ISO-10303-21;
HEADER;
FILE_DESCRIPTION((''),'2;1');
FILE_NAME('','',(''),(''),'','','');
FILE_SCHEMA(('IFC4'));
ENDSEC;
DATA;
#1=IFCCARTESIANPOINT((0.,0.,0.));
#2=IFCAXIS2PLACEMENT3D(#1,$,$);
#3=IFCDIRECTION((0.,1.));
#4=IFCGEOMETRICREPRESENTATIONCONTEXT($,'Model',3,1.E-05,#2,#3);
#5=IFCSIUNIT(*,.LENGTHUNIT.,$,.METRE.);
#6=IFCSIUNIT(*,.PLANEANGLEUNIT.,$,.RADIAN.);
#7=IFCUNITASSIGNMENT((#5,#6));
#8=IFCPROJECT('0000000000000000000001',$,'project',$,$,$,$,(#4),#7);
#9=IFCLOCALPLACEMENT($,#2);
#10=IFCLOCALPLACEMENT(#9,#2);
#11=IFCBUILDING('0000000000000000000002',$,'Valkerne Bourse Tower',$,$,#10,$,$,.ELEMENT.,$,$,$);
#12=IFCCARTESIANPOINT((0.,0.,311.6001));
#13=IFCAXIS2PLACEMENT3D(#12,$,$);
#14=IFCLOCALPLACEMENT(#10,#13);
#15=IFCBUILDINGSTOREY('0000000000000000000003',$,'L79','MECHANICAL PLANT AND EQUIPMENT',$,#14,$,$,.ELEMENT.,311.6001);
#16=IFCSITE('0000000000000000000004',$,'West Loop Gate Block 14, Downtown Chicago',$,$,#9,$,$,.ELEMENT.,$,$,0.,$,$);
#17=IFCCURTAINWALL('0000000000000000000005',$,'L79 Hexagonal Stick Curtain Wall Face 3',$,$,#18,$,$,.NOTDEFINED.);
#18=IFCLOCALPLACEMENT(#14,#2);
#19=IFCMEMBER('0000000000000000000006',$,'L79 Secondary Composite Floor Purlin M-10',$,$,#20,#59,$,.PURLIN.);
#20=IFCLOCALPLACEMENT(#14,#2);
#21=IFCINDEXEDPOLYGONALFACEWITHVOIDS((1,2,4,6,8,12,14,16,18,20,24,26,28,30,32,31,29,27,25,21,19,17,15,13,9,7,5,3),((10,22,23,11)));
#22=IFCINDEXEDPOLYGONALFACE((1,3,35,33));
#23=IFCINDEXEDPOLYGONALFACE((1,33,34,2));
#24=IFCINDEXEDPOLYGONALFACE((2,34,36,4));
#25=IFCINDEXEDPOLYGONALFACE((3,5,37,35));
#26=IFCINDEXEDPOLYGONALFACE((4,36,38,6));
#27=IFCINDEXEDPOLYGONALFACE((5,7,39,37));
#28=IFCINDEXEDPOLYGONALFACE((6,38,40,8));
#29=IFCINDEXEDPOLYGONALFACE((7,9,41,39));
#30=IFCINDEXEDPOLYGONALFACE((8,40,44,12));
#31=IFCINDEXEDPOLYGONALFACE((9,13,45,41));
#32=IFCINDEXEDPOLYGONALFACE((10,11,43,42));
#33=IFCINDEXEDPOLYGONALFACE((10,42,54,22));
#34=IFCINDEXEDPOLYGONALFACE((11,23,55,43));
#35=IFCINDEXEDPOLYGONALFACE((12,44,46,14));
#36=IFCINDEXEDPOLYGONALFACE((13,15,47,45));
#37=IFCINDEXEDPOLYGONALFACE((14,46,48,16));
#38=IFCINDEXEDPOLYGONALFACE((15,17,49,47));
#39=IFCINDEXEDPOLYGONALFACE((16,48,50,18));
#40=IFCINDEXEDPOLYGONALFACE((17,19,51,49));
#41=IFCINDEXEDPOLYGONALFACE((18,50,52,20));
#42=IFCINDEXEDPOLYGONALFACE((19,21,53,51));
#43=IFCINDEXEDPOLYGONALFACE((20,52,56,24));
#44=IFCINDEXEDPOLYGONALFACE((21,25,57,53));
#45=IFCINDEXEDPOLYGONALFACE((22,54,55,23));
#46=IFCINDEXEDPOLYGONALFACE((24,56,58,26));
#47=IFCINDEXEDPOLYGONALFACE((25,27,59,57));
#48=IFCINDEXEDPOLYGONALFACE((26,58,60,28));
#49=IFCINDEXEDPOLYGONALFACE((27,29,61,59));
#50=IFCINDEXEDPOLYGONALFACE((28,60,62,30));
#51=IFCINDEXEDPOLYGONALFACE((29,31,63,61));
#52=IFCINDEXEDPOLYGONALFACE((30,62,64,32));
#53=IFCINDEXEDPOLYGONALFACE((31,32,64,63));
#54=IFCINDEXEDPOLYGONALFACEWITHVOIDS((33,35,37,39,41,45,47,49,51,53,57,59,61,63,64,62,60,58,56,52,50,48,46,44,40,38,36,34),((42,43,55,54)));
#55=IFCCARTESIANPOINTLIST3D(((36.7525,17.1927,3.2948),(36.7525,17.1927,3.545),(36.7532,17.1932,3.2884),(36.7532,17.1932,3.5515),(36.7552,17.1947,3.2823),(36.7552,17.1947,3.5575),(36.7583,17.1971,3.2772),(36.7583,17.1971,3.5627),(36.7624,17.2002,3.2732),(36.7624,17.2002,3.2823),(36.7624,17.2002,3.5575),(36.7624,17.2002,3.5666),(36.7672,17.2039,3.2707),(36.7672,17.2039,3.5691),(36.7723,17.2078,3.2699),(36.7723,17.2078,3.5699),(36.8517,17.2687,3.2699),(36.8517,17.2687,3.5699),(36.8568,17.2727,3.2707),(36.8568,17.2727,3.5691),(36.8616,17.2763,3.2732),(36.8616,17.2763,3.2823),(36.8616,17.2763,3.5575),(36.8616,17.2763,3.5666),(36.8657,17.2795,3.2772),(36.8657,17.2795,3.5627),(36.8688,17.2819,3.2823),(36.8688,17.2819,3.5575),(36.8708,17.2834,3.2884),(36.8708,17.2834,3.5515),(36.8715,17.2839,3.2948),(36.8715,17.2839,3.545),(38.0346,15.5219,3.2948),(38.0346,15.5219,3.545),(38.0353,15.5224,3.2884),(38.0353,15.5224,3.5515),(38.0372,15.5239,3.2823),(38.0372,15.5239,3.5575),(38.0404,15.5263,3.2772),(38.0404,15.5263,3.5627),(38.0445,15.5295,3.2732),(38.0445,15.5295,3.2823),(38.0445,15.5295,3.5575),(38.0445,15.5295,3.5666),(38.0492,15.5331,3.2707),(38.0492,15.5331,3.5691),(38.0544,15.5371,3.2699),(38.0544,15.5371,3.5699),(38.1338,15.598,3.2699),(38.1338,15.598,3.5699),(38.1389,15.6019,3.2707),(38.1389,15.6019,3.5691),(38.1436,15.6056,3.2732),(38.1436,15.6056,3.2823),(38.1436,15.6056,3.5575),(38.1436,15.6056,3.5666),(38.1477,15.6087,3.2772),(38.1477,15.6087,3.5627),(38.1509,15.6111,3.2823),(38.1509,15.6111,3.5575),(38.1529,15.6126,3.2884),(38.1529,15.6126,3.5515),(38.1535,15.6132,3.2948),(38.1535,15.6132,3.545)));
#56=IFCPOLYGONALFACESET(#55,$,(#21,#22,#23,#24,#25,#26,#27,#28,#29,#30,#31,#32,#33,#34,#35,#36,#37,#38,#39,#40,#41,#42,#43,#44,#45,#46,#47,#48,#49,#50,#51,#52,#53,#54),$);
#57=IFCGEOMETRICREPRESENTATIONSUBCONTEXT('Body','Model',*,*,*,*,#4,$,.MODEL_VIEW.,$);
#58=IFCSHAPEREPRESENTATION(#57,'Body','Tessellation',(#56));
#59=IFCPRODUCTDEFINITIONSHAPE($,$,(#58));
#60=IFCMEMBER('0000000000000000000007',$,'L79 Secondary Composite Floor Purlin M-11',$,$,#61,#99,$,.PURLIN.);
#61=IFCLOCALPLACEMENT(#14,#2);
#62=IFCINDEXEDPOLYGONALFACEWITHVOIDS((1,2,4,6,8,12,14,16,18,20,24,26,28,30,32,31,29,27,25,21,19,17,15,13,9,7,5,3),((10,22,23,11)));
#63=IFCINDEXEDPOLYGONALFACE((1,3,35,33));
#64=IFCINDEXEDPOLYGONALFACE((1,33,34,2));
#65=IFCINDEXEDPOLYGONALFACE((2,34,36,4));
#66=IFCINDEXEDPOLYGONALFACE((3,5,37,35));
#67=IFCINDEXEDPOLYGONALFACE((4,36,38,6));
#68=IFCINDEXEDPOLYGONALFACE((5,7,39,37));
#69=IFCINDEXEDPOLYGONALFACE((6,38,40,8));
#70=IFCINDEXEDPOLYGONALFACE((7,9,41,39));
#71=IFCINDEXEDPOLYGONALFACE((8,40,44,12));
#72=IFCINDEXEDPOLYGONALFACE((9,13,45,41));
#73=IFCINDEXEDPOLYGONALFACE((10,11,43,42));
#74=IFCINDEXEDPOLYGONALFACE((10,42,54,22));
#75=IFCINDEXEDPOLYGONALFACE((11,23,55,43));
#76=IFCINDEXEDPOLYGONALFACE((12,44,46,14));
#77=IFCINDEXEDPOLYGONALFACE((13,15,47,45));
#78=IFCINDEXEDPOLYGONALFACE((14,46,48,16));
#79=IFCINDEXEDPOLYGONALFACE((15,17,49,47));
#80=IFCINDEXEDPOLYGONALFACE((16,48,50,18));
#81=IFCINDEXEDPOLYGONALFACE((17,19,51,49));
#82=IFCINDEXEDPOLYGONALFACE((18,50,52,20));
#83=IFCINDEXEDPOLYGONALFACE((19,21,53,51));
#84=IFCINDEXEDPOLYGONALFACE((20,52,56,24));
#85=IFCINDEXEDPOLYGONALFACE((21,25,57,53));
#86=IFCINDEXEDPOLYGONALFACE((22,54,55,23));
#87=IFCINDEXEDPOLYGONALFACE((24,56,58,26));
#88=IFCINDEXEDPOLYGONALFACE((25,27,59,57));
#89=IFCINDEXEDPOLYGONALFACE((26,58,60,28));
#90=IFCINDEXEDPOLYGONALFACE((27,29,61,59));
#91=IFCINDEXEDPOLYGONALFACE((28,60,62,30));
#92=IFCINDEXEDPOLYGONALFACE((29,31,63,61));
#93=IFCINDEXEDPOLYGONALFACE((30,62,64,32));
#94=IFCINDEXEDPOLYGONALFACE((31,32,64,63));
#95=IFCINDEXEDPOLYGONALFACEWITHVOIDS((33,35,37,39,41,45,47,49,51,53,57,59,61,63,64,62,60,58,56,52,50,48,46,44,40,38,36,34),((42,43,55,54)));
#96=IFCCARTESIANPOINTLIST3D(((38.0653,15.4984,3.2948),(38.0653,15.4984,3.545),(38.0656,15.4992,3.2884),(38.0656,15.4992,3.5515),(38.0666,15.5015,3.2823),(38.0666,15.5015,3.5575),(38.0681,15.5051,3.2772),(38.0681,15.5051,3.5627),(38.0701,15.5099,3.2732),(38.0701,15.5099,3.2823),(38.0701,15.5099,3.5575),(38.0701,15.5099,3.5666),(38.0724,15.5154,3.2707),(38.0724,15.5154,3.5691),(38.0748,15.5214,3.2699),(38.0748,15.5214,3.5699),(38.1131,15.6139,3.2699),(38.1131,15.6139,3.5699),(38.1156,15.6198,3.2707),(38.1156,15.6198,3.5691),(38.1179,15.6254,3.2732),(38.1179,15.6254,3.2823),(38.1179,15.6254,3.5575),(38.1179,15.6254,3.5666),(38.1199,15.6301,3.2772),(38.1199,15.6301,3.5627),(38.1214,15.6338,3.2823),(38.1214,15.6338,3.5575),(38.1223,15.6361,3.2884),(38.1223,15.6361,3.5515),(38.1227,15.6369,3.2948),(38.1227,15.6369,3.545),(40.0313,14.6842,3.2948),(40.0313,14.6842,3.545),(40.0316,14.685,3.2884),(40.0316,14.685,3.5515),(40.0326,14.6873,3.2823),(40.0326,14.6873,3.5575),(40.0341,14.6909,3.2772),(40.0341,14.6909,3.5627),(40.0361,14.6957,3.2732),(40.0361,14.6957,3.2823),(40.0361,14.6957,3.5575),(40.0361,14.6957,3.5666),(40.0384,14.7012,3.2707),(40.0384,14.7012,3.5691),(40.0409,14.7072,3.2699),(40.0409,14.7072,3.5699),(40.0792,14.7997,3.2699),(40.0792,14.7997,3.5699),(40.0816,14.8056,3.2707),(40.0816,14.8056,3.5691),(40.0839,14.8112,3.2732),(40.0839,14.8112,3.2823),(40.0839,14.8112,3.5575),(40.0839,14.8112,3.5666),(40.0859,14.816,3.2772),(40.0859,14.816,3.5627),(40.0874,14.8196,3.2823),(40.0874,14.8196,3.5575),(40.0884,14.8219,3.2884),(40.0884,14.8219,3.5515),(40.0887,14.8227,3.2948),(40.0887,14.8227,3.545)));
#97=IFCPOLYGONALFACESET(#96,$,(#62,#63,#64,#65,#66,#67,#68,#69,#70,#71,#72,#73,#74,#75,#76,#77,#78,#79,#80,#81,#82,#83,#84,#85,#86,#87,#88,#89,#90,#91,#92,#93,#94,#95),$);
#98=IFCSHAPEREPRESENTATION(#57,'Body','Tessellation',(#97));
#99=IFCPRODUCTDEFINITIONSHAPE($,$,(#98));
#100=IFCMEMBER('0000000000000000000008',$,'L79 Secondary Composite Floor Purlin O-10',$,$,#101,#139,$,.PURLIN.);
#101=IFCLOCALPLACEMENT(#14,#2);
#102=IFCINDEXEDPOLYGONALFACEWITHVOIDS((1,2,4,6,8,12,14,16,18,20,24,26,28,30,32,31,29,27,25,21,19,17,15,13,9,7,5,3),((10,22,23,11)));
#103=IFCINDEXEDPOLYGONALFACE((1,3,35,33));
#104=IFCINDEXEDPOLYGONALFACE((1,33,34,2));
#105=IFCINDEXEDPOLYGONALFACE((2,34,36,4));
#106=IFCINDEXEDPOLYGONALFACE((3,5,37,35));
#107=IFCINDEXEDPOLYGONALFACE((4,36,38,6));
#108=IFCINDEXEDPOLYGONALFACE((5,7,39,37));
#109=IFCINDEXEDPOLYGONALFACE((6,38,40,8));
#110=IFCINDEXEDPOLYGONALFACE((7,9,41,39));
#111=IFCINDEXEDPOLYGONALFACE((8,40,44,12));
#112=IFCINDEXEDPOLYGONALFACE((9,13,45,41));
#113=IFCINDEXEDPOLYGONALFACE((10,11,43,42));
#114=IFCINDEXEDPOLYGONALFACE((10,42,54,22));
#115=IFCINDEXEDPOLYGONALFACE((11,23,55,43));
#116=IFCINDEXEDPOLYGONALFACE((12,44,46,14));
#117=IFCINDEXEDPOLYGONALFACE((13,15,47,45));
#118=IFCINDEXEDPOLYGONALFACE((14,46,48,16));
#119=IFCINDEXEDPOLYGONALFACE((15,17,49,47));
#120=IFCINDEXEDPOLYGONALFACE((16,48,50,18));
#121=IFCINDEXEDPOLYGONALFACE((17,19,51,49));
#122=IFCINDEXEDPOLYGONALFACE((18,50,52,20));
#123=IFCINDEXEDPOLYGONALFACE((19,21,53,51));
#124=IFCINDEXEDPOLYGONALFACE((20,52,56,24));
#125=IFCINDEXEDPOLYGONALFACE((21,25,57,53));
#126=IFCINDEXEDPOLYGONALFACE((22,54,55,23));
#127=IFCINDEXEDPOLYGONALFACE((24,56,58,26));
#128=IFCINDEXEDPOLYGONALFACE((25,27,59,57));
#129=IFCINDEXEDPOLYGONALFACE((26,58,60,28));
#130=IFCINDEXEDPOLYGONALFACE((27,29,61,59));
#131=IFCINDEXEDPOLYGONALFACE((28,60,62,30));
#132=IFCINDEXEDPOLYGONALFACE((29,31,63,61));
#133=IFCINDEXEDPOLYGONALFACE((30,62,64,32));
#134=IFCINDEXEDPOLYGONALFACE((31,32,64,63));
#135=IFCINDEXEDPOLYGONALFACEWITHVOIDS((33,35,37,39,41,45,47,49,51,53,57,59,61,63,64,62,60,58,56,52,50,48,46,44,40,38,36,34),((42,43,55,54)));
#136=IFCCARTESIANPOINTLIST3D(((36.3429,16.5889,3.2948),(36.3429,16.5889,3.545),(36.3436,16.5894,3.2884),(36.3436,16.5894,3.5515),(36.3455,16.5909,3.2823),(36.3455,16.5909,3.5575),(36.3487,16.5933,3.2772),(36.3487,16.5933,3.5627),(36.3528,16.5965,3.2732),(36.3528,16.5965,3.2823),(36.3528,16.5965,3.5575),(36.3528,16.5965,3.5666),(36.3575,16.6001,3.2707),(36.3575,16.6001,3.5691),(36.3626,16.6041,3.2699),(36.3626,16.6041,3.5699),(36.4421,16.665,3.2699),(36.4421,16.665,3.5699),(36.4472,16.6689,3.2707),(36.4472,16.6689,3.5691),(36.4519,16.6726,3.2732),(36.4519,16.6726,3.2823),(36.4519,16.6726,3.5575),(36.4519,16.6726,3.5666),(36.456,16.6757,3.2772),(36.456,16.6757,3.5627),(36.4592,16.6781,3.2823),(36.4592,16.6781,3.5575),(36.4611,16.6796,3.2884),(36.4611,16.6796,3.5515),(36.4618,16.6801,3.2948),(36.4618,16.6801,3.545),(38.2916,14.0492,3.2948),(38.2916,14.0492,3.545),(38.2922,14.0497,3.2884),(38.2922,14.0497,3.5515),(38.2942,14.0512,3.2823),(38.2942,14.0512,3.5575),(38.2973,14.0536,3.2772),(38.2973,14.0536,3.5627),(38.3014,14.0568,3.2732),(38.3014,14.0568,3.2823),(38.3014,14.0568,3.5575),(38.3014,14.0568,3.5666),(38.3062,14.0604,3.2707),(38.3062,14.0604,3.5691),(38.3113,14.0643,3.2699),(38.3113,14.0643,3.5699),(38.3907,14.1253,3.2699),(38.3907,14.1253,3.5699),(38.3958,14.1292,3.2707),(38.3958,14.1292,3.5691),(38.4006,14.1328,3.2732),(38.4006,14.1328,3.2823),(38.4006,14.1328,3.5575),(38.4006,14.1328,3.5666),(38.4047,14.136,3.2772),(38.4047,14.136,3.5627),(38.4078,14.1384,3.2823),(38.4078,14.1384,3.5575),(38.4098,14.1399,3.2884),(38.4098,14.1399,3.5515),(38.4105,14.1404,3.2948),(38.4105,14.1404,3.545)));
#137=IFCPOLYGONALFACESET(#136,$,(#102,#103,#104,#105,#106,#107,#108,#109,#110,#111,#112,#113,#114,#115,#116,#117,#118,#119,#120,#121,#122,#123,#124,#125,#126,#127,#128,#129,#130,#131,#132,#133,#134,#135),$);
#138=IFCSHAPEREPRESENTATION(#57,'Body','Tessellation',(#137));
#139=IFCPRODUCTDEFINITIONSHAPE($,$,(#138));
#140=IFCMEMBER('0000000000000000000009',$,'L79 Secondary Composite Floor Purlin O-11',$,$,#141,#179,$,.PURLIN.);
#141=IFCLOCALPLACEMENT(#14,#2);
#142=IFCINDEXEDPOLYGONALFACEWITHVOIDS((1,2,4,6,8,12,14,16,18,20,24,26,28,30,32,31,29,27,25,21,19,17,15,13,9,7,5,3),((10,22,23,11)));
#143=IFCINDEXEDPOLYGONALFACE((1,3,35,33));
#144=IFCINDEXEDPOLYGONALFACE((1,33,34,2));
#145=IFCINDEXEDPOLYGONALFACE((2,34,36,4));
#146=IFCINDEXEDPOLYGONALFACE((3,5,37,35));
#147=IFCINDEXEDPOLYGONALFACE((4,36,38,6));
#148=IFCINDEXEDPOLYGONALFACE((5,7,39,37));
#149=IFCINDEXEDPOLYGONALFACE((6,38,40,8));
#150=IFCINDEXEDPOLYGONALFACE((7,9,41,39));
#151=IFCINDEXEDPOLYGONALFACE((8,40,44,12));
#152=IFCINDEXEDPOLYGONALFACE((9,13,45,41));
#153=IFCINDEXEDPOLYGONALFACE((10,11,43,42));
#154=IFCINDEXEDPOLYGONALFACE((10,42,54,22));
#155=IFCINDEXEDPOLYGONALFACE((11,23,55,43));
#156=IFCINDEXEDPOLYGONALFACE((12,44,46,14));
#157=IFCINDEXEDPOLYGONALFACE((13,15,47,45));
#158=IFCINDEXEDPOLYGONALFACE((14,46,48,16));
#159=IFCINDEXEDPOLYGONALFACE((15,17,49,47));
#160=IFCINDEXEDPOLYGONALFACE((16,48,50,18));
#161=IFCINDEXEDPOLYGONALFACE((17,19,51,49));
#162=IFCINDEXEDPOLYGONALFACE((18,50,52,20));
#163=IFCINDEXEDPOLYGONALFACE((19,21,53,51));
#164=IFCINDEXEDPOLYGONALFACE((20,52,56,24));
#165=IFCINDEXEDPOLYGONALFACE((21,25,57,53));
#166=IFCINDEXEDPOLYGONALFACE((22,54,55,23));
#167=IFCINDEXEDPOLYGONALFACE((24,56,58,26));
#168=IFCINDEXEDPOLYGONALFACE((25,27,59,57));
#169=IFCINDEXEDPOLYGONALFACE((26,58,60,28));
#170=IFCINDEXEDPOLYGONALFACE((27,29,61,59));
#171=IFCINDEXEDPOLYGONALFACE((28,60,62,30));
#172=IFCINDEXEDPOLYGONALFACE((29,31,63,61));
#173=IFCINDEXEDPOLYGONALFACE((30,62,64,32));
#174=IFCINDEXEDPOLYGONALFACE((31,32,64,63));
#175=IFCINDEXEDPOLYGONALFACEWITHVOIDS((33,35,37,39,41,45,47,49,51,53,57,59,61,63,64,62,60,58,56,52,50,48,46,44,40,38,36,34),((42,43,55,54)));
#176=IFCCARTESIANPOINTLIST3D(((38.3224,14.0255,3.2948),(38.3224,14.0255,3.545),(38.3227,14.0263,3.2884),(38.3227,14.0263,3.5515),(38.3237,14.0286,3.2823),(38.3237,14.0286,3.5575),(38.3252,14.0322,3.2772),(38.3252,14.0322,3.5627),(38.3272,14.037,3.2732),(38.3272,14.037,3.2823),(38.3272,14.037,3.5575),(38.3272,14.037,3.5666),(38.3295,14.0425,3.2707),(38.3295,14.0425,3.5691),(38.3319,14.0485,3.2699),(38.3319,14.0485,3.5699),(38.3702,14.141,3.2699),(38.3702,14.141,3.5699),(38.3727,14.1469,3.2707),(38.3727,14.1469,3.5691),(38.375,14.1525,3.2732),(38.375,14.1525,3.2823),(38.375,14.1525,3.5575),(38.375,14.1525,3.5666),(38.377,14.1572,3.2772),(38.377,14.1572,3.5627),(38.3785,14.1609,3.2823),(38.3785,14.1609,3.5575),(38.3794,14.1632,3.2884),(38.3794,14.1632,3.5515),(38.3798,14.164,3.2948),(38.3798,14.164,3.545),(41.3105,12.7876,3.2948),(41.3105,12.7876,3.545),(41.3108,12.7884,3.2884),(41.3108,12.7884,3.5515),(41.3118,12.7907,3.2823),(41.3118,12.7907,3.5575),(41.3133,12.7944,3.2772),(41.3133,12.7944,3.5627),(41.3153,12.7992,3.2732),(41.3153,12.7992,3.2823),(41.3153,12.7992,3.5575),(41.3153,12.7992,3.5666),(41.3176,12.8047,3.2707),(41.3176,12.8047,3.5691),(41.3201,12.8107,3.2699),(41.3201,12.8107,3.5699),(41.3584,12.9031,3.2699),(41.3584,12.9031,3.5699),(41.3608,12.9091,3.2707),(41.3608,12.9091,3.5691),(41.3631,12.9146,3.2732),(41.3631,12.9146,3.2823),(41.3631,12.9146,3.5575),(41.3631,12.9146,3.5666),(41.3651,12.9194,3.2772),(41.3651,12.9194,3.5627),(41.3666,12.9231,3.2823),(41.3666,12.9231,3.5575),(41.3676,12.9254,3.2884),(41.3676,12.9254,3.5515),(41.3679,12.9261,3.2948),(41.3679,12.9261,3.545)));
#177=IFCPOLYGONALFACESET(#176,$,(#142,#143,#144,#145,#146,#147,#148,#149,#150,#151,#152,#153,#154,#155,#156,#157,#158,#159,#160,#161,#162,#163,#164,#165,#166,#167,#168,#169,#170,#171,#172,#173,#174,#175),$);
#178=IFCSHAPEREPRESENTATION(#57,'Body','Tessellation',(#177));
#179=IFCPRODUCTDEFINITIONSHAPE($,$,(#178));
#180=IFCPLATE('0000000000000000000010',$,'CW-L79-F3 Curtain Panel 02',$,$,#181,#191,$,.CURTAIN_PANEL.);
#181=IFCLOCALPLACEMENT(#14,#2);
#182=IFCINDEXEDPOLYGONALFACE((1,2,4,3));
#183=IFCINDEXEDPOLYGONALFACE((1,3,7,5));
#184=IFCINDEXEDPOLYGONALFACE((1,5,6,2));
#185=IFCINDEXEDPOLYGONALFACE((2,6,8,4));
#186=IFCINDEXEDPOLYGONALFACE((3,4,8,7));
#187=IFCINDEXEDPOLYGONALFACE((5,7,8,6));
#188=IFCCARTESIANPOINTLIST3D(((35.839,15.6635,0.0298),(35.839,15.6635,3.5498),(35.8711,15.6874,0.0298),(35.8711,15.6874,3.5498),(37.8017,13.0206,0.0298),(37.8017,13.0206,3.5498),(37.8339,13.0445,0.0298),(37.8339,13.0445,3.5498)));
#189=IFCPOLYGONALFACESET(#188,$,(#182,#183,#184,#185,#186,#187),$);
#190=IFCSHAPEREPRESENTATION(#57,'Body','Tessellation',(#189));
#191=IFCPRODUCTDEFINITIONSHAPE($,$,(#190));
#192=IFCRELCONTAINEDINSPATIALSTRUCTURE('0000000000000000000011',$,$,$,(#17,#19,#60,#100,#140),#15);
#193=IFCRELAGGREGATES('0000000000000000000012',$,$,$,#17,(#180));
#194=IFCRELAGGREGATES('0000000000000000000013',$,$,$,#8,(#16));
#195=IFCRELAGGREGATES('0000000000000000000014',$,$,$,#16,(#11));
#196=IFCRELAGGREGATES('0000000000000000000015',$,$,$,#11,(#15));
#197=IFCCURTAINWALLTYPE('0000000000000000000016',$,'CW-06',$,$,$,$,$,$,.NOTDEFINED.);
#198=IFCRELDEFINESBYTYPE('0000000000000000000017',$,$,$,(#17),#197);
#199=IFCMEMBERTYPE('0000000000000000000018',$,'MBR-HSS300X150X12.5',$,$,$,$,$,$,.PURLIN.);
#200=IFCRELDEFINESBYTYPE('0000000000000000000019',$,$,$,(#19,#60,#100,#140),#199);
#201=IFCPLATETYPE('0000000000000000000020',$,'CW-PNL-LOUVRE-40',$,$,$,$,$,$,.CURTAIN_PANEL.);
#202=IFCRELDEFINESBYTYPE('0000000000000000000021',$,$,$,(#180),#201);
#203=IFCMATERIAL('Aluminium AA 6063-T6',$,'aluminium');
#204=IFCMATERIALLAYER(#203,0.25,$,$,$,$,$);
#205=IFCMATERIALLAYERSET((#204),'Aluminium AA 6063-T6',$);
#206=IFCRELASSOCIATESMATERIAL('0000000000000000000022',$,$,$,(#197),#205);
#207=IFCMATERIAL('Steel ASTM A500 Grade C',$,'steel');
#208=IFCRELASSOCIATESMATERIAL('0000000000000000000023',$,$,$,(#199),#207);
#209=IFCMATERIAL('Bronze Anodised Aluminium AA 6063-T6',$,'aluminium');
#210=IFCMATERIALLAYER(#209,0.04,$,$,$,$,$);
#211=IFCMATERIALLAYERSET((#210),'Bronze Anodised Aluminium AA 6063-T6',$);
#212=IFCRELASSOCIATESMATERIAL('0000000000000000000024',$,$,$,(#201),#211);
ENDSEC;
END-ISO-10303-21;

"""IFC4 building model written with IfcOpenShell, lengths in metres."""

from ifc_helpers import new_model, si_unit, direction, frame, origin, origin_2d, place, context, subcontext, project, spatial, rectangle, hollow_rectangle, extrude, material, layer, layer_set, material_profile, profile_set, type_object, element, aggregate, save


model = new_model("IFC4")

# Units and contexts
model_context = context("Model", 3, precision=1e-05, world=origin(), true_north=direction((0.0, 1.0)))
body_context = subcontext(model_context, "Body", "Model", "MODEL_VIEW")
ifc_project = project(units=[si_unit("LENGTHUNIT", "METRE"), si_unit("PLANEANGLEUNIT", "RADIAN")], contexts=[model_context])

# Site, building, storey
site_placement = place(None, origin())
site = spatial("IfcSite", under=ifc_project, at=site_placement, Name="West Loop Gate Block 14, Downtown Chicago", CompositionType="ELEMENT", RefElevation=0.0)
building_placement = place(site_placement, origin())
building = spatial("IfcBuilding", under=site, at=building_placement, Name="Valkerne Bourse Tower", CompositionType="ELEMENT")
storey_placement = place(building_placement, frame((0.0, 0.0, 311.6001)))
storey = spatial("IfcBuildingStorey", under=building, at=storey_placement, Name="L79", Description="MECHANICAL PLANT AND EQUIPMENT", CompositionType="ELEMENT", Elevation=311.6001)

# Shared definitions
ifc_material_1 = material(Name="Steel ASTM A500 Grade C", Category="steel")

# Curtain wall
ifc_material_2 = material(Name="Aluminium AA 6063-T6", Category="aluminium")
ifc_layer_1 = layer(ifc_material_2, 0.25)
ifc_layer_set_1 = layer_set([ifc_layer_1], Name="Aluminium AA 6063-T6")
curtain_wall_type = type_object("IfcCurtainWallType", Name="CW-06", PredefinedType="NOTDEFINED", material=ifc_layer_set_1)
curtain_wall_1_placement = place(storey_placement, origin())
curtain_wall_1 = element("IfcCurtainWall", 1, at=curtain_wall_1_placement, inside=storey, type_object=curtain_wall_type, Name="L79 Hexagonal Stick Curtain Wall Face 3", PredefinedType="NOTDEFINED")

# Members
ifc_material_profile_1 = material_profile(ifc_material_1, hollow_rectangle(XDim=0.1499, YDim=0.3, WallThickness=0.0125, OuterFilletRadius=0.0249, at=origin_2d()), Name="HSS300X150X12.5")
ifc_profile_set_1 = profile_set([ifc_material_profile_1], Name="Steel ASTM A500 Grade C")
member_type_1 = type_object("IfcMemberType", Name="MBR-HSS300X150X12.5", PredefinedType="PURLIN", material=ifc_profile_set_1)
for number, where, z_axis, x_axis, name in (
    (2, (36.812, 17.2383, 3.4199), (0.608775, -0.793343, 0.0), (0.793343, 0.608775, 0.0), "L79 Secondary Composite Floor Purlin M-10"),
):
    element("IfcMember", number, at=place(storey_placement, frame(where, z_axis=z_axis, x_axis=x_axis)), inside=storey, type_object=member_type_1, Name=name, PredefinedType="PURLIN", context=body_context, shape_type="SweptSolid", body=[
        extrude(hollow_rectangle(XDim=0.1499, YDim=0.3, WallThickness=0.0125, OuterFilletRadius=0.0249, at=origin_2d()), origin(), (0.0, 0.0, 1.0), 2.106),
    ])
member_1_placement = place(storey_placement, frame((38.094, 15.5676, 3.4199), z_axis=(0.923906, -0.382619, 0.0), x_axis=(0.382619, 0.923906, 0.0)))
element("IfcMember", 3, at=member_1_placement, inside=storey, type_object=member_type_1, Name="L79 Secondary Composite Floor Purlin M-11", PredefinedType="PURLIN", context=body_context, shape_type="SweptSolid", body=[
    extrude(hollow_rectangle(XDim=0.1499, YDim=0.3, WallThickness=0.0125, OuterFilletRadius=0.0249, at=origin_2d()), origin(), (0.0, 0.0, 1.0), 2.1279),
])
member_2_placement = place(storey_placement, frame((36.4023, 16.6345, 3.4199), z_axis=(0.608737, -0.793372, 0.0), x_axis=(0.793372, 0.608737, 0.0)))
element("IfcMember", 4, at=member_2_placement, inside=storey, type_object=member_type_1, Name="L79 Secondary Composite Floor Purlin O-10", PredefinedType="PURLIN", context=body_context, shape_type="SweptSolid", body=[
    extrude(hollow_rectangle(XDim=0.1499, YDim=0.3, WallThickness=0.0125, OuterFilletRadius=0.0249, at=origin_2d()), origin(), (0.0, 0.0, 1.0), 3.2012),
])
member_3_placement = place(storey_placement, frame((38.3511, 14.0947, 3.4199), z_axis=(0.923868, -0.382712, 0.0), x_axis=(0.382712, 0.923868, 0.0)))
element("IfcMember", 5, at=member_3_placement, inside=storey, type_object=member_type_1, Name="L79 Secondary Composite Floor Purlin O-11", PredefinedType="PURLIN", context=body_context, shape_type="SweptSolid", body=[
    extrude(hollow_rectangle(XDim=0.1499, YDim=0.3, WallThickness=0.0125, OuterFilletRadius=0.0249, at=origin_2d()), origin(), (0.0, 0.0, 1.0), 3.2344),
])

# Plate
ifc_material_3 = material(Name="Bronze Anodised Aluminium AA 6063-T6", Category="aluminium")
ifc_layer_2 = layer(ifc_material_3, 0.04)
ifc_layer_set_2 = layer_set([ifc_layer_2], Name="Bronze Anodised Aluminium AA 6063-T6")
plate_type = type_object("IfcPlateType", Name="CW-PNL-LOUVRE-40", PredefinedType="CURTAIN_PANEL", material=ifc_layer_set_2)
plate_placement = place(storey_placement, frame((36.8364, 14.354, 0.0298), z_axis=(0.0, 0.0, 1.0), x_axis=(0.596221, -0.80282, 0.0)))
plate = element("IfcPlate", 6, at=plate_placement, type_object=plate_type, Name="CW-L79-F3 Curtain Panel 02", PredefinedType="CURTAIN_PANEL", context=body_context, shape_type="SweptSolid", body=[
    extrude(rectangle(XDim=3.292, YDim=0.04, at=origin_2d()), origin(), (0.0, 0.0, 1.0), 3.52),
])
aggregate(curtain_wall_1, [plate])

save(model, "model.ifc")
